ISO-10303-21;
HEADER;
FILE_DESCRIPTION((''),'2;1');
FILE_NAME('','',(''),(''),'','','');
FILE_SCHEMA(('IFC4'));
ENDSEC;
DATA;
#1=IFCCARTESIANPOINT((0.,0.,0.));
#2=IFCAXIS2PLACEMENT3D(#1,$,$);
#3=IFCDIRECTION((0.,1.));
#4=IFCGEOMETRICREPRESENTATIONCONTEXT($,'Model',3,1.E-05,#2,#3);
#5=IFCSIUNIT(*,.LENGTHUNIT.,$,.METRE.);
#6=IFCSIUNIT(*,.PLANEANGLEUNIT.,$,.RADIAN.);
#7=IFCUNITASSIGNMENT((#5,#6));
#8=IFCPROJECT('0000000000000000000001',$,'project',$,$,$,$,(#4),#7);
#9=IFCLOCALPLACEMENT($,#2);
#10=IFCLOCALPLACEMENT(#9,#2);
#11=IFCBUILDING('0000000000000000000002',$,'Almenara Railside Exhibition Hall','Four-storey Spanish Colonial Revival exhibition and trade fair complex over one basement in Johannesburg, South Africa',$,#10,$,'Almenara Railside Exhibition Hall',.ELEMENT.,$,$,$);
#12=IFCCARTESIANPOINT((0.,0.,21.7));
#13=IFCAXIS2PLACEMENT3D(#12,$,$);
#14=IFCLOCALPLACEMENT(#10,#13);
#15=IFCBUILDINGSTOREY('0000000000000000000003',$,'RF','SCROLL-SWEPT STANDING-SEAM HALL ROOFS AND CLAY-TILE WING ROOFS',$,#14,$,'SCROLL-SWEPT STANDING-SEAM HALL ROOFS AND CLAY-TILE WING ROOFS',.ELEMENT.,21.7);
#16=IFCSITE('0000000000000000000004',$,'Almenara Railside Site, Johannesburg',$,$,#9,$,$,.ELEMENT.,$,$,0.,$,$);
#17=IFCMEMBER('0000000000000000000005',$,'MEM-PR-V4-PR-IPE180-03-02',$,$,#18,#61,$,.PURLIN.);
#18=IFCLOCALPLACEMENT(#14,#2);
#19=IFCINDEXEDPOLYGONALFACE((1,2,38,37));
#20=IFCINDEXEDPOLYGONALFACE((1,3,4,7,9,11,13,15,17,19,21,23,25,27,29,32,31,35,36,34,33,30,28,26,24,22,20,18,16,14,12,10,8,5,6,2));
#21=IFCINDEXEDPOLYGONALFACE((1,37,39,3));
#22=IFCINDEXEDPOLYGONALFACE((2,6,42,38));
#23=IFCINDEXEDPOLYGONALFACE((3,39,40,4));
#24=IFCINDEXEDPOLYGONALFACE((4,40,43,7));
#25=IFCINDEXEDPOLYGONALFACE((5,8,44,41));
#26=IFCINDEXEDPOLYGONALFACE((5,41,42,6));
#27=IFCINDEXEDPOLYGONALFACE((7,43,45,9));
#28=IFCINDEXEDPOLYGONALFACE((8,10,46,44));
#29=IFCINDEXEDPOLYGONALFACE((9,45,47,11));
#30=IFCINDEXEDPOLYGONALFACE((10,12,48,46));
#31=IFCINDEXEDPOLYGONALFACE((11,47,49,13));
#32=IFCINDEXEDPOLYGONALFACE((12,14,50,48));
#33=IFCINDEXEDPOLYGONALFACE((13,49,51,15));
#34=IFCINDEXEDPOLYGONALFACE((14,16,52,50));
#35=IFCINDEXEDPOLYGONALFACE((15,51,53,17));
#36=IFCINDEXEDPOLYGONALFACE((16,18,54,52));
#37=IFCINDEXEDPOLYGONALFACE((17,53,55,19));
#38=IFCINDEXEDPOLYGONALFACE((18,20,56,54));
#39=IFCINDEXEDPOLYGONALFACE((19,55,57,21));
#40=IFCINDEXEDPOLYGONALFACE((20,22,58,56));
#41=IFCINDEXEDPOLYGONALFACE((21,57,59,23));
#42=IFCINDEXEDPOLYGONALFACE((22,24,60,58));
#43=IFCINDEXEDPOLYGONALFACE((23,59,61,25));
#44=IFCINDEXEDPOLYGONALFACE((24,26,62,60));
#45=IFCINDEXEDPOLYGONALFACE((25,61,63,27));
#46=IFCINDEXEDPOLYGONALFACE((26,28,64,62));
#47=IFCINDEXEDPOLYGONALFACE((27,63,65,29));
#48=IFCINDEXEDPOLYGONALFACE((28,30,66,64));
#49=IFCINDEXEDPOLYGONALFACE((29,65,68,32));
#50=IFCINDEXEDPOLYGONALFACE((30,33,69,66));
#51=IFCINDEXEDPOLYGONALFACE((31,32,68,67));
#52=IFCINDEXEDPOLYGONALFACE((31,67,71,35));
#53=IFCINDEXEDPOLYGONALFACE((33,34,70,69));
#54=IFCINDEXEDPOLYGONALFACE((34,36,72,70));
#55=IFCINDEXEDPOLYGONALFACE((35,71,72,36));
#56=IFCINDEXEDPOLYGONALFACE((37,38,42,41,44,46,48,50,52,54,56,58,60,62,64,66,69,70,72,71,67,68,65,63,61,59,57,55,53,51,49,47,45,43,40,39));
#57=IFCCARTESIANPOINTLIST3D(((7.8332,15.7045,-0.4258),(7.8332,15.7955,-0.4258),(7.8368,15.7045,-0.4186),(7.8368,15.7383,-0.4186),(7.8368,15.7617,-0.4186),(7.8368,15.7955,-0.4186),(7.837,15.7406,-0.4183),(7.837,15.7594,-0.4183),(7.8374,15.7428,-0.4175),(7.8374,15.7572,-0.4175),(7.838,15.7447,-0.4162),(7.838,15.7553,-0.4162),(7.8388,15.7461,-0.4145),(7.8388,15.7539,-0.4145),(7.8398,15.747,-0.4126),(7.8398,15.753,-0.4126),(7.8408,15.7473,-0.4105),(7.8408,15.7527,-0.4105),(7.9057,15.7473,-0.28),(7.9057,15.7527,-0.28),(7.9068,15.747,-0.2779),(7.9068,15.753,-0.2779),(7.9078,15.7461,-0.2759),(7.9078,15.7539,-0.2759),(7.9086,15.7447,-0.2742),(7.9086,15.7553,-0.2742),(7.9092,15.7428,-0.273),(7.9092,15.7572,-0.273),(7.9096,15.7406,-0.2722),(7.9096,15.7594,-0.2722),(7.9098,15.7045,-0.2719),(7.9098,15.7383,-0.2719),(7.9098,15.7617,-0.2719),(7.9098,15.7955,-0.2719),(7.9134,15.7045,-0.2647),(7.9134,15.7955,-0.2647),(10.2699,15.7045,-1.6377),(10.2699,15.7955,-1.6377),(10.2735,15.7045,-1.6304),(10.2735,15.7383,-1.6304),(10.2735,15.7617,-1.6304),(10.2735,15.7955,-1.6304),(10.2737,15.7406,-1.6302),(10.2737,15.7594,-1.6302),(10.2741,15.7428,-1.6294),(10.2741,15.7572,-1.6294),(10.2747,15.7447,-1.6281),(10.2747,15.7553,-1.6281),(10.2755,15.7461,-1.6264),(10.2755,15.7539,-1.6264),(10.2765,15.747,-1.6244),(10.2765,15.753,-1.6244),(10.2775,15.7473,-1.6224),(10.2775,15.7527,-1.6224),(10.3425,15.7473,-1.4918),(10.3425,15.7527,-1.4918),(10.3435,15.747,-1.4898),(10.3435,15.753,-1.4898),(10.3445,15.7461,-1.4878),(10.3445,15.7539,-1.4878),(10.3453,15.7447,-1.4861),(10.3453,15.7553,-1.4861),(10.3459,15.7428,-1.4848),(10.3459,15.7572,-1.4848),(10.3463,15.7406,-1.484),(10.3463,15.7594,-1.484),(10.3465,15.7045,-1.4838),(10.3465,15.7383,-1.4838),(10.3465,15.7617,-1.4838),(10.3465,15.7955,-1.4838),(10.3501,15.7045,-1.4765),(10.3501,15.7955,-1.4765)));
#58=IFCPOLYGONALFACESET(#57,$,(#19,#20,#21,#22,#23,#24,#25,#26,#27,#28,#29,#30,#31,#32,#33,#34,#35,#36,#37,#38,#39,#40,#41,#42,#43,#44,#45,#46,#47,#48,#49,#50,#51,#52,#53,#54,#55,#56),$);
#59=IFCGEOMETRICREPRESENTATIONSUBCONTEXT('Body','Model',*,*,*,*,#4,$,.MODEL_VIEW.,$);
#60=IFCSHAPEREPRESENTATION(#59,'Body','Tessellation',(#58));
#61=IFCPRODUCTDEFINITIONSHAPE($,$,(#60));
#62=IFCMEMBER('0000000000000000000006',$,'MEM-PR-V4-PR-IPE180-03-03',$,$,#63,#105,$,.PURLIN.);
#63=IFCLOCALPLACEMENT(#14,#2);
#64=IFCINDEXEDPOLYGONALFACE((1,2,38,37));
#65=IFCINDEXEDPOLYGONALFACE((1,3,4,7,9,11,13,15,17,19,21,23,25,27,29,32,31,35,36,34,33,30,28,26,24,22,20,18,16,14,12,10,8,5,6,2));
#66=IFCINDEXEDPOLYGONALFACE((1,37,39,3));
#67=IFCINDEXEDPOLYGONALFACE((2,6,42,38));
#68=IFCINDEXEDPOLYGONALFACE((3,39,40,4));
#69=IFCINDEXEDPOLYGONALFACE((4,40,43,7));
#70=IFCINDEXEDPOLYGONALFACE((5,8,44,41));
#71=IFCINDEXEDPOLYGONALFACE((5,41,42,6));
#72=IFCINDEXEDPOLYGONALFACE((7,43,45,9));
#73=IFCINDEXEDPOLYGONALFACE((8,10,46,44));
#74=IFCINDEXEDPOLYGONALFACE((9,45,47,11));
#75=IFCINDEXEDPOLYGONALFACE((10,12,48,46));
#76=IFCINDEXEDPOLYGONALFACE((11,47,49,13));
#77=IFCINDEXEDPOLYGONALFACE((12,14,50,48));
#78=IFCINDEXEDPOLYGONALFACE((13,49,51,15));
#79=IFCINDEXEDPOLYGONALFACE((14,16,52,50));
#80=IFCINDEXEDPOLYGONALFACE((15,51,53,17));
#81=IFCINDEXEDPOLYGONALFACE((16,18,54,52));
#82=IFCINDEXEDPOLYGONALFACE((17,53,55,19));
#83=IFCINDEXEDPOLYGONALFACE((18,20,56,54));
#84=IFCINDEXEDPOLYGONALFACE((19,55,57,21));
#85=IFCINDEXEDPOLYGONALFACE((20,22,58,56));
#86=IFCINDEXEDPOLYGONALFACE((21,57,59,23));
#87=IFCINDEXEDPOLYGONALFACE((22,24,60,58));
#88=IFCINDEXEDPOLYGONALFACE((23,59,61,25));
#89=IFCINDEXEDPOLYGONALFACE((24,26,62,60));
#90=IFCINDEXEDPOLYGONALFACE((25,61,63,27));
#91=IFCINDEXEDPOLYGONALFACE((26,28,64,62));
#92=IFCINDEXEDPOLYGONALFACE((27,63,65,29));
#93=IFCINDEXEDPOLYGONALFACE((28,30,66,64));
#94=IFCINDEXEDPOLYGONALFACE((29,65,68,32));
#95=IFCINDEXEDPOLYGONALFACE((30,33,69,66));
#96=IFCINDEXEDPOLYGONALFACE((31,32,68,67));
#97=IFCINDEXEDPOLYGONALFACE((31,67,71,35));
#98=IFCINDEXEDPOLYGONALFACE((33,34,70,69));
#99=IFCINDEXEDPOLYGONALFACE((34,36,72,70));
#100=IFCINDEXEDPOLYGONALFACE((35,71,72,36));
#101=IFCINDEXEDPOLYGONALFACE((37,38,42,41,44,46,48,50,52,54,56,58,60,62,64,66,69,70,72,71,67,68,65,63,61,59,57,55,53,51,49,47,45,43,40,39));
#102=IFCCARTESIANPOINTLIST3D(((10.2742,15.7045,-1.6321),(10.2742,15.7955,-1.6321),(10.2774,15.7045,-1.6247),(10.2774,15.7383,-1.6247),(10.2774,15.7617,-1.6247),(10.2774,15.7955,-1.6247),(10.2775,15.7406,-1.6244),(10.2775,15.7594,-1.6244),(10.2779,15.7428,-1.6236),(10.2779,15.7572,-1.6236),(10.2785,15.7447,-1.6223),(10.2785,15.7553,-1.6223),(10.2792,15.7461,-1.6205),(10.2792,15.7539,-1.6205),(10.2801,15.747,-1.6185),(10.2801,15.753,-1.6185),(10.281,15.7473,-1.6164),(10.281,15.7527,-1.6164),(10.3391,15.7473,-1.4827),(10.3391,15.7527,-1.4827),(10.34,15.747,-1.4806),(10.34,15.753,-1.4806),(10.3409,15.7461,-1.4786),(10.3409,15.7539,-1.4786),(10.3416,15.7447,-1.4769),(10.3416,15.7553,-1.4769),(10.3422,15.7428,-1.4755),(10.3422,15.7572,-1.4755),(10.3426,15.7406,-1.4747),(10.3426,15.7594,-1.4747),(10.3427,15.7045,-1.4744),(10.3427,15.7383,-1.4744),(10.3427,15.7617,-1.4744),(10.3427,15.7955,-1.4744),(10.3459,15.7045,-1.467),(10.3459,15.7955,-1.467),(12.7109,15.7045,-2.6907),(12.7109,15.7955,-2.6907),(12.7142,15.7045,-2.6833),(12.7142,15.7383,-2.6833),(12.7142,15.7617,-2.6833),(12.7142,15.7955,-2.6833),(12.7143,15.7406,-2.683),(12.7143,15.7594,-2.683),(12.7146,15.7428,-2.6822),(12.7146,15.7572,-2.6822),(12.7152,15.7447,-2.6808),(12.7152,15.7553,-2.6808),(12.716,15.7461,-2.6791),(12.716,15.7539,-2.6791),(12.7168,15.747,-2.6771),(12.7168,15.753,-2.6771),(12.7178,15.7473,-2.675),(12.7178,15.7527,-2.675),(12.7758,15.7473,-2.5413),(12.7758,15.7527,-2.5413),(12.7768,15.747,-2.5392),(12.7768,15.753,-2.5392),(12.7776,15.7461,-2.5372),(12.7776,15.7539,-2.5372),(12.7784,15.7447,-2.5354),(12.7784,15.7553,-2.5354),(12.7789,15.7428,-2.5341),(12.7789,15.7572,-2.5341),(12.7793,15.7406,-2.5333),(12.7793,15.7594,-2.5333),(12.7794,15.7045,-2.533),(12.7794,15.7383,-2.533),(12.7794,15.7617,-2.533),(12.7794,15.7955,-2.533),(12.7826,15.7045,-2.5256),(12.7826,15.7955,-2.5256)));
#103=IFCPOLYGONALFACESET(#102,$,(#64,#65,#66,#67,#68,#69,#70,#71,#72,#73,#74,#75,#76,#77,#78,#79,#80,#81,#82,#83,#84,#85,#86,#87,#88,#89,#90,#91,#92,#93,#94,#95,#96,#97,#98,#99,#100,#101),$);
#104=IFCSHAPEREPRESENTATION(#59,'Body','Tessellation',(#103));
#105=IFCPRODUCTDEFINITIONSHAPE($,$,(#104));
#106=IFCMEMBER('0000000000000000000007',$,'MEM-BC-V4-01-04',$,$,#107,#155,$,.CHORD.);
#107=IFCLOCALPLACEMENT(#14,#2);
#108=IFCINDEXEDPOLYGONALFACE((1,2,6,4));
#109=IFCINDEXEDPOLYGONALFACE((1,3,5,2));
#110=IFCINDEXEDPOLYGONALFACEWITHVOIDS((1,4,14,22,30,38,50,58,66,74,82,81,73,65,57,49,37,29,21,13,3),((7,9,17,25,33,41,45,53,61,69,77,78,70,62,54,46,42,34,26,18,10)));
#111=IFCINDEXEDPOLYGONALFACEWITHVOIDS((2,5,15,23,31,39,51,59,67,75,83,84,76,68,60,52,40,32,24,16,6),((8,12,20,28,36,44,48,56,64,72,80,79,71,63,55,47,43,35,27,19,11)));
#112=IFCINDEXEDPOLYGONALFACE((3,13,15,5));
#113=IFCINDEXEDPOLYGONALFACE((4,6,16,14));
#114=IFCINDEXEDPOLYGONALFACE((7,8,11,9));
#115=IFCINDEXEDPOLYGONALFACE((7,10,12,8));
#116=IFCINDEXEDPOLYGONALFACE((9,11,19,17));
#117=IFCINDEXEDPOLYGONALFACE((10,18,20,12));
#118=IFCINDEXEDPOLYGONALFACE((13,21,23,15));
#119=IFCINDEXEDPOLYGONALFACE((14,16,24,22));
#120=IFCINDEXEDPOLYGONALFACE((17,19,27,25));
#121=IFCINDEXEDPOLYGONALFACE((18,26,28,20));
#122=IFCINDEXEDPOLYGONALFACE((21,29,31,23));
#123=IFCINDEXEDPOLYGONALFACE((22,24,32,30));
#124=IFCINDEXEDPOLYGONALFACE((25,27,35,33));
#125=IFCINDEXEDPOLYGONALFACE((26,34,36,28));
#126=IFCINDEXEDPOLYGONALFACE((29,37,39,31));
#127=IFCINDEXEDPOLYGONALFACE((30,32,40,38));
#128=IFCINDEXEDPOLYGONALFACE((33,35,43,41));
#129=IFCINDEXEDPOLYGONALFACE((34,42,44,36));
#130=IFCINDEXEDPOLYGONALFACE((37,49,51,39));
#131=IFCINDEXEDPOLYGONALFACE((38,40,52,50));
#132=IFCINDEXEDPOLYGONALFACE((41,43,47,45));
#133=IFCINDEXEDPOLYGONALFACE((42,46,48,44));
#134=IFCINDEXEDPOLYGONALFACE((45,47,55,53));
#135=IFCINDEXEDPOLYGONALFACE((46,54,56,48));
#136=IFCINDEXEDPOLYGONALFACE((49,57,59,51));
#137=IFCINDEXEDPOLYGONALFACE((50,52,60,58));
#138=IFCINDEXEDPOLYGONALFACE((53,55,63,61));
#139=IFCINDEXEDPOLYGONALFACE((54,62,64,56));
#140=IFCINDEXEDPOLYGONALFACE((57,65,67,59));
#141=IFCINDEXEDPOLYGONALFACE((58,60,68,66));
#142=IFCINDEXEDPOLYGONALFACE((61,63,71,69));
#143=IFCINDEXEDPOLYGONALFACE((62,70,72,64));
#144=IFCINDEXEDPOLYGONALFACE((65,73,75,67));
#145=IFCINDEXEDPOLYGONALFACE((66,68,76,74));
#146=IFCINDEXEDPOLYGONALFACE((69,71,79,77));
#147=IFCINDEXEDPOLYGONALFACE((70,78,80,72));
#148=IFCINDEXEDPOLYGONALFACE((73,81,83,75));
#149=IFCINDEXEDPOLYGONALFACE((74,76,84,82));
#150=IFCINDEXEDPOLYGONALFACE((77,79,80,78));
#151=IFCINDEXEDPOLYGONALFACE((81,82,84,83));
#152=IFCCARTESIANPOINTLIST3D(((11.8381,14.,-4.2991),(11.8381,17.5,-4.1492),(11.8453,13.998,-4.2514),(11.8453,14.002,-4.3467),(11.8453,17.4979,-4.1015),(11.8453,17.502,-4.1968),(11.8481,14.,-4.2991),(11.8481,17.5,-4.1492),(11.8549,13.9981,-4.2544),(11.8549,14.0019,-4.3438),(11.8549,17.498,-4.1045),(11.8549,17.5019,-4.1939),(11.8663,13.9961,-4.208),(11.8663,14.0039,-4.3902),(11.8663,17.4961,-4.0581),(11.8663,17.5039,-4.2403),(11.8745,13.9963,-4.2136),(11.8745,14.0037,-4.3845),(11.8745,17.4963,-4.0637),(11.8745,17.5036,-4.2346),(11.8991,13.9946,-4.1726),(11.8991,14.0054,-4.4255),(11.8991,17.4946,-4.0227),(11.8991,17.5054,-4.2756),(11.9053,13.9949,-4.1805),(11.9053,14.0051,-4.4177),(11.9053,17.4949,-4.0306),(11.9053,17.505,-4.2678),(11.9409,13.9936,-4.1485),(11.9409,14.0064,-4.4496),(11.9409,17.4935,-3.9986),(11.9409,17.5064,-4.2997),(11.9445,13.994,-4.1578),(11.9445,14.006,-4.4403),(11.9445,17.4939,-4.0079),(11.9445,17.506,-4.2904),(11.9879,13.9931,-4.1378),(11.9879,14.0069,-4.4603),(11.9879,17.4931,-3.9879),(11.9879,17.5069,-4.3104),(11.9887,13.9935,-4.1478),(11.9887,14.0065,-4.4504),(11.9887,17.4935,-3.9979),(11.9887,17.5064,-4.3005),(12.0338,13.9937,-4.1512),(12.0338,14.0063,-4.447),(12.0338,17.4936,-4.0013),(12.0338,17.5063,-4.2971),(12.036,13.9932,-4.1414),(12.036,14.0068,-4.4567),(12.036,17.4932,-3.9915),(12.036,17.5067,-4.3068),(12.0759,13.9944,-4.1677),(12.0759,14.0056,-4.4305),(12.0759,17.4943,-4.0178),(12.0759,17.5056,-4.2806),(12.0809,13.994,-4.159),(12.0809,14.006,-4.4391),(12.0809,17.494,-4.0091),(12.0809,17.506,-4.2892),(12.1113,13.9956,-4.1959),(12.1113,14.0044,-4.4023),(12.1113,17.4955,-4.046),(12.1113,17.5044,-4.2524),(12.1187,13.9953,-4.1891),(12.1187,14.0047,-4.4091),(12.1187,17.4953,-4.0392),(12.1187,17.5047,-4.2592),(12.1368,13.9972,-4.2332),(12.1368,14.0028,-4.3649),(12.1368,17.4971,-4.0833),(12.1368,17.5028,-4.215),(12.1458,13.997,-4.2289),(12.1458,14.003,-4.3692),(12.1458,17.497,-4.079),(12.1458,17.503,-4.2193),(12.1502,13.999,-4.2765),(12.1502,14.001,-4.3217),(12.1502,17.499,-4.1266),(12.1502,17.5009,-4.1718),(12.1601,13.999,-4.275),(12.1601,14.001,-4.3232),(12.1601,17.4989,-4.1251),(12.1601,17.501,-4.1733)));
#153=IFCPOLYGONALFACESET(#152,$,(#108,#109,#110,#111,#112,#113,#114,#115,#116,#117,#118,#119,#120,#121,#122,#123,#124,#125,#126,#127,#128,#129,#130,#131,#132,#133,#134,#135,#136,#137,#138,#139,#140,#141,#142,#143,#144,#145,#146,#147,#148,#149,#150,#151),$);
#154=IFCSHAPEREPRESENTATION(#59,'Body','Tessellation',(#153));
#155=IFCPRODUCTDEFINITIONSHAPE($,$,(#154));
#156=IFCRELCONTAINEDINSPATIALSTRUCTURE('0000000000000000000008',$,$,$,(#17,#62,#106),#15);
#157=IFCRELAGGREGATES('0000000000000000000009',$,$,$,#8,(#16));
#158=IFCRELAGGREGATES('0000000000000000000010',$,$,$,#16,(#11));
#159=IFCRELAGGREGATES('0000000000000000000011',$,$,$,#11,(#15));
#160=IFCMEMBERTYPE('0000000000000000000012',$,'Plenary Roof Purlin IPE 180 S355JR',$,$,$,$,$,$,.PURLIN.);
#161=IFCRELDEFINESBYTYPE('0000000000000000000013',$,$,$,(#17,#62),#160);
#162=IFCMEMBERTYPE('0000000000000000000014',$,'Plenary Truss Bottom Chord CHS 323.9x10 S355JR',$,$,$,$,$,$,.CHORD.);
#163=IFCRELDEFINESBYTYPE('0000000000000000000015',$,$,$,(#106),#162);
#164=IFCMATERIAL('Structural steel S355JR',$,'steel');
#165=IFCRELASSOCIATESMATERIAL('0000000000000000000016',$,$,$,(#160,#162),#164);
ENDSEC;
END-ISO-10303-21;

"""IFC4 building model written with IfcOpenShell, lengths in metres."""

from ifc_helpers import new_model, si_unit, direction, frame, origin, origin_2d, place, context, subcontext, project, spatial, hollow_circle, i_section, extrude, material, material_profile, profile_set, type_object, element, save


model = new_model("IFC4")

# Units and contexts
model_context = context("Model", 3, precision=1e-05, world=origin(), true_north=direction((0.0, 1.0)))
body_context = subcontext(model_context, "Body", "Model", "MODEL_VIEW")
ifc_project = project(units=[si_unit("LENGTHUNIT", "METRE"), si_unit("PLANEANGLEUNIT", "RADIAN")], contexts=[model_context])

# Site, building, storey
site_placement = place(None, origin())
site = spatial("IfcSite", under=ifc_project, at=site_placement, Name="Almenara Railside Site, Johannesburg", CompositionType="ELEMENT", RefElevation=0.0)
building_placement = place(site_placement, origin())
building = spatial("IfcBuilding", under=site, at=building_placement, Name="Almenara Railside Exhibition Hall", Description="Four-storey Spanish Colonial Revival exhibition and trade fair complex over one basement in Johannesburg, South Africa", LongName="Almenara Railside Exhibition Hall", CompositionType="ELEMENT")
storey_placement = place(building_placement, frame((0.0, 0.0, 21.7)))
storey = spatial("IfcBuildingStorey", under=building, at=storey_placement, Name="RF", Description="SCROLL-SWEPT STANDING-SEAM HALL ROOFS AND CLAY-TILE WING ROOFS", LongName="SCROLL-SWEPT STANDING-SEAM HALL ROOFS AND CLAY-TILE WING ROOFS", CompositionType="ELEMENT", Elevation=21.7)

# Members
ifc_material_1 = material(Name="Structural steel S355JR", Category="steel")
ifc_material_profile_1 = material_profile(ifc_material_1, i_section(OverallWidth=0.0911, OverallDepth=0.1799, WebThickness=0.0054, FlangeThickness=0.0081, FilletRadius=0.009, at=origin_2d()), Name="IPE 180")
ifc_profile_set_1 = profile_set([ifc_material_profile_1], Name="Structural steel S355JR")
member_type_1 = type_object("IfcMemberType", Name="Plenary Roof Purlin IPE 180 S355JR", PredefinedType="PURLIN", material=ifc_profile_set_1)
member_1_placement = place(storey_placement, frame((7.8733, 15.75, -0.3452), z_axis=(0.895376, 0.0, -0.445311), x_axis=(0.0, 1.0, 0.0)))
element("IfcMember", 1, at=member_1_placement, inside=storey, type_object=member_type_1, Name="MEM-PR-V4-PR-IPE180-03-02", PredefinedType="PURLIN", context=body_context, shape_type="SweptSolid", body=[
    extrude(i_section(OverallWidth=0.0911, OverallDepth=0.1799, WebThickness=0.0054, FlangeThickness=0.0081, FilletRadius=0.009, at=origin_2d()), origin(), (0.0, 0.0, 1.0), 2.7214),
])
member_2_placement = place(storey_placement, frame((10.3101, 15.75, -1.5496), z_axis=(0.91719, 0.0, -0.398451), x_axis=(0.0, 1.0, 0.0)))
element("IfcMember", 2, at=member_2_placement, inside=storey, type_object=member_type_1, Name="MEM-PR-V4-PR-IPE180-03-03", PredefinedType="PURLIN", context=body_context, shape_type="SweptSolid", body=[
    extrude(i_section(OverallWidth=0.0911, OverallDepth=0.1799, WebThickness=0.0054, FlangeThickness=0.0081, FilletRadius=0.009, at=origin_2d()), origin(), (0.0, 0.0, 1.0), 2.6567),
])
ifc_material_profile_2 = material_profile(ifc_material_1, hollow_circle(Radius=0.1619, WallThickness=0.01, at=origin_2d()), Name="CHS 323.9x10")
ifc_profile_set_2 = profile_set([ifc_material_profile_2], Name="Structural steel S355JR")
member_type_2 = type_object("IfcMemberType", Name="Plenary Truss Bottom Chord CHS 323.9x10 S355JR", PredefinedType="CHORD", material=ifc_profile_set_2)
member_3_placement = place(storey_placement, frame((12.0, 14.0, -4.2991), z_axis=(0.0, 0.999084, 0.04279), x_axis=(-1.0, 0.0, 0.0)))
element("IfcMember", 3, at=member_3_placement, inside=storey, type_object=member_type_2, Name="MEM-BC-V4-01-04", PredefinedType="CHORD", context=body_context, shape_type="SweptSolid", body=[
    extrude(hollow_circle(Radius=0.1619, WallThickness=0.01, at=origin_2d()), origin(), (0.0, 0.0, 1.0), 3.5032),
])

save(model, "model.ifc")
